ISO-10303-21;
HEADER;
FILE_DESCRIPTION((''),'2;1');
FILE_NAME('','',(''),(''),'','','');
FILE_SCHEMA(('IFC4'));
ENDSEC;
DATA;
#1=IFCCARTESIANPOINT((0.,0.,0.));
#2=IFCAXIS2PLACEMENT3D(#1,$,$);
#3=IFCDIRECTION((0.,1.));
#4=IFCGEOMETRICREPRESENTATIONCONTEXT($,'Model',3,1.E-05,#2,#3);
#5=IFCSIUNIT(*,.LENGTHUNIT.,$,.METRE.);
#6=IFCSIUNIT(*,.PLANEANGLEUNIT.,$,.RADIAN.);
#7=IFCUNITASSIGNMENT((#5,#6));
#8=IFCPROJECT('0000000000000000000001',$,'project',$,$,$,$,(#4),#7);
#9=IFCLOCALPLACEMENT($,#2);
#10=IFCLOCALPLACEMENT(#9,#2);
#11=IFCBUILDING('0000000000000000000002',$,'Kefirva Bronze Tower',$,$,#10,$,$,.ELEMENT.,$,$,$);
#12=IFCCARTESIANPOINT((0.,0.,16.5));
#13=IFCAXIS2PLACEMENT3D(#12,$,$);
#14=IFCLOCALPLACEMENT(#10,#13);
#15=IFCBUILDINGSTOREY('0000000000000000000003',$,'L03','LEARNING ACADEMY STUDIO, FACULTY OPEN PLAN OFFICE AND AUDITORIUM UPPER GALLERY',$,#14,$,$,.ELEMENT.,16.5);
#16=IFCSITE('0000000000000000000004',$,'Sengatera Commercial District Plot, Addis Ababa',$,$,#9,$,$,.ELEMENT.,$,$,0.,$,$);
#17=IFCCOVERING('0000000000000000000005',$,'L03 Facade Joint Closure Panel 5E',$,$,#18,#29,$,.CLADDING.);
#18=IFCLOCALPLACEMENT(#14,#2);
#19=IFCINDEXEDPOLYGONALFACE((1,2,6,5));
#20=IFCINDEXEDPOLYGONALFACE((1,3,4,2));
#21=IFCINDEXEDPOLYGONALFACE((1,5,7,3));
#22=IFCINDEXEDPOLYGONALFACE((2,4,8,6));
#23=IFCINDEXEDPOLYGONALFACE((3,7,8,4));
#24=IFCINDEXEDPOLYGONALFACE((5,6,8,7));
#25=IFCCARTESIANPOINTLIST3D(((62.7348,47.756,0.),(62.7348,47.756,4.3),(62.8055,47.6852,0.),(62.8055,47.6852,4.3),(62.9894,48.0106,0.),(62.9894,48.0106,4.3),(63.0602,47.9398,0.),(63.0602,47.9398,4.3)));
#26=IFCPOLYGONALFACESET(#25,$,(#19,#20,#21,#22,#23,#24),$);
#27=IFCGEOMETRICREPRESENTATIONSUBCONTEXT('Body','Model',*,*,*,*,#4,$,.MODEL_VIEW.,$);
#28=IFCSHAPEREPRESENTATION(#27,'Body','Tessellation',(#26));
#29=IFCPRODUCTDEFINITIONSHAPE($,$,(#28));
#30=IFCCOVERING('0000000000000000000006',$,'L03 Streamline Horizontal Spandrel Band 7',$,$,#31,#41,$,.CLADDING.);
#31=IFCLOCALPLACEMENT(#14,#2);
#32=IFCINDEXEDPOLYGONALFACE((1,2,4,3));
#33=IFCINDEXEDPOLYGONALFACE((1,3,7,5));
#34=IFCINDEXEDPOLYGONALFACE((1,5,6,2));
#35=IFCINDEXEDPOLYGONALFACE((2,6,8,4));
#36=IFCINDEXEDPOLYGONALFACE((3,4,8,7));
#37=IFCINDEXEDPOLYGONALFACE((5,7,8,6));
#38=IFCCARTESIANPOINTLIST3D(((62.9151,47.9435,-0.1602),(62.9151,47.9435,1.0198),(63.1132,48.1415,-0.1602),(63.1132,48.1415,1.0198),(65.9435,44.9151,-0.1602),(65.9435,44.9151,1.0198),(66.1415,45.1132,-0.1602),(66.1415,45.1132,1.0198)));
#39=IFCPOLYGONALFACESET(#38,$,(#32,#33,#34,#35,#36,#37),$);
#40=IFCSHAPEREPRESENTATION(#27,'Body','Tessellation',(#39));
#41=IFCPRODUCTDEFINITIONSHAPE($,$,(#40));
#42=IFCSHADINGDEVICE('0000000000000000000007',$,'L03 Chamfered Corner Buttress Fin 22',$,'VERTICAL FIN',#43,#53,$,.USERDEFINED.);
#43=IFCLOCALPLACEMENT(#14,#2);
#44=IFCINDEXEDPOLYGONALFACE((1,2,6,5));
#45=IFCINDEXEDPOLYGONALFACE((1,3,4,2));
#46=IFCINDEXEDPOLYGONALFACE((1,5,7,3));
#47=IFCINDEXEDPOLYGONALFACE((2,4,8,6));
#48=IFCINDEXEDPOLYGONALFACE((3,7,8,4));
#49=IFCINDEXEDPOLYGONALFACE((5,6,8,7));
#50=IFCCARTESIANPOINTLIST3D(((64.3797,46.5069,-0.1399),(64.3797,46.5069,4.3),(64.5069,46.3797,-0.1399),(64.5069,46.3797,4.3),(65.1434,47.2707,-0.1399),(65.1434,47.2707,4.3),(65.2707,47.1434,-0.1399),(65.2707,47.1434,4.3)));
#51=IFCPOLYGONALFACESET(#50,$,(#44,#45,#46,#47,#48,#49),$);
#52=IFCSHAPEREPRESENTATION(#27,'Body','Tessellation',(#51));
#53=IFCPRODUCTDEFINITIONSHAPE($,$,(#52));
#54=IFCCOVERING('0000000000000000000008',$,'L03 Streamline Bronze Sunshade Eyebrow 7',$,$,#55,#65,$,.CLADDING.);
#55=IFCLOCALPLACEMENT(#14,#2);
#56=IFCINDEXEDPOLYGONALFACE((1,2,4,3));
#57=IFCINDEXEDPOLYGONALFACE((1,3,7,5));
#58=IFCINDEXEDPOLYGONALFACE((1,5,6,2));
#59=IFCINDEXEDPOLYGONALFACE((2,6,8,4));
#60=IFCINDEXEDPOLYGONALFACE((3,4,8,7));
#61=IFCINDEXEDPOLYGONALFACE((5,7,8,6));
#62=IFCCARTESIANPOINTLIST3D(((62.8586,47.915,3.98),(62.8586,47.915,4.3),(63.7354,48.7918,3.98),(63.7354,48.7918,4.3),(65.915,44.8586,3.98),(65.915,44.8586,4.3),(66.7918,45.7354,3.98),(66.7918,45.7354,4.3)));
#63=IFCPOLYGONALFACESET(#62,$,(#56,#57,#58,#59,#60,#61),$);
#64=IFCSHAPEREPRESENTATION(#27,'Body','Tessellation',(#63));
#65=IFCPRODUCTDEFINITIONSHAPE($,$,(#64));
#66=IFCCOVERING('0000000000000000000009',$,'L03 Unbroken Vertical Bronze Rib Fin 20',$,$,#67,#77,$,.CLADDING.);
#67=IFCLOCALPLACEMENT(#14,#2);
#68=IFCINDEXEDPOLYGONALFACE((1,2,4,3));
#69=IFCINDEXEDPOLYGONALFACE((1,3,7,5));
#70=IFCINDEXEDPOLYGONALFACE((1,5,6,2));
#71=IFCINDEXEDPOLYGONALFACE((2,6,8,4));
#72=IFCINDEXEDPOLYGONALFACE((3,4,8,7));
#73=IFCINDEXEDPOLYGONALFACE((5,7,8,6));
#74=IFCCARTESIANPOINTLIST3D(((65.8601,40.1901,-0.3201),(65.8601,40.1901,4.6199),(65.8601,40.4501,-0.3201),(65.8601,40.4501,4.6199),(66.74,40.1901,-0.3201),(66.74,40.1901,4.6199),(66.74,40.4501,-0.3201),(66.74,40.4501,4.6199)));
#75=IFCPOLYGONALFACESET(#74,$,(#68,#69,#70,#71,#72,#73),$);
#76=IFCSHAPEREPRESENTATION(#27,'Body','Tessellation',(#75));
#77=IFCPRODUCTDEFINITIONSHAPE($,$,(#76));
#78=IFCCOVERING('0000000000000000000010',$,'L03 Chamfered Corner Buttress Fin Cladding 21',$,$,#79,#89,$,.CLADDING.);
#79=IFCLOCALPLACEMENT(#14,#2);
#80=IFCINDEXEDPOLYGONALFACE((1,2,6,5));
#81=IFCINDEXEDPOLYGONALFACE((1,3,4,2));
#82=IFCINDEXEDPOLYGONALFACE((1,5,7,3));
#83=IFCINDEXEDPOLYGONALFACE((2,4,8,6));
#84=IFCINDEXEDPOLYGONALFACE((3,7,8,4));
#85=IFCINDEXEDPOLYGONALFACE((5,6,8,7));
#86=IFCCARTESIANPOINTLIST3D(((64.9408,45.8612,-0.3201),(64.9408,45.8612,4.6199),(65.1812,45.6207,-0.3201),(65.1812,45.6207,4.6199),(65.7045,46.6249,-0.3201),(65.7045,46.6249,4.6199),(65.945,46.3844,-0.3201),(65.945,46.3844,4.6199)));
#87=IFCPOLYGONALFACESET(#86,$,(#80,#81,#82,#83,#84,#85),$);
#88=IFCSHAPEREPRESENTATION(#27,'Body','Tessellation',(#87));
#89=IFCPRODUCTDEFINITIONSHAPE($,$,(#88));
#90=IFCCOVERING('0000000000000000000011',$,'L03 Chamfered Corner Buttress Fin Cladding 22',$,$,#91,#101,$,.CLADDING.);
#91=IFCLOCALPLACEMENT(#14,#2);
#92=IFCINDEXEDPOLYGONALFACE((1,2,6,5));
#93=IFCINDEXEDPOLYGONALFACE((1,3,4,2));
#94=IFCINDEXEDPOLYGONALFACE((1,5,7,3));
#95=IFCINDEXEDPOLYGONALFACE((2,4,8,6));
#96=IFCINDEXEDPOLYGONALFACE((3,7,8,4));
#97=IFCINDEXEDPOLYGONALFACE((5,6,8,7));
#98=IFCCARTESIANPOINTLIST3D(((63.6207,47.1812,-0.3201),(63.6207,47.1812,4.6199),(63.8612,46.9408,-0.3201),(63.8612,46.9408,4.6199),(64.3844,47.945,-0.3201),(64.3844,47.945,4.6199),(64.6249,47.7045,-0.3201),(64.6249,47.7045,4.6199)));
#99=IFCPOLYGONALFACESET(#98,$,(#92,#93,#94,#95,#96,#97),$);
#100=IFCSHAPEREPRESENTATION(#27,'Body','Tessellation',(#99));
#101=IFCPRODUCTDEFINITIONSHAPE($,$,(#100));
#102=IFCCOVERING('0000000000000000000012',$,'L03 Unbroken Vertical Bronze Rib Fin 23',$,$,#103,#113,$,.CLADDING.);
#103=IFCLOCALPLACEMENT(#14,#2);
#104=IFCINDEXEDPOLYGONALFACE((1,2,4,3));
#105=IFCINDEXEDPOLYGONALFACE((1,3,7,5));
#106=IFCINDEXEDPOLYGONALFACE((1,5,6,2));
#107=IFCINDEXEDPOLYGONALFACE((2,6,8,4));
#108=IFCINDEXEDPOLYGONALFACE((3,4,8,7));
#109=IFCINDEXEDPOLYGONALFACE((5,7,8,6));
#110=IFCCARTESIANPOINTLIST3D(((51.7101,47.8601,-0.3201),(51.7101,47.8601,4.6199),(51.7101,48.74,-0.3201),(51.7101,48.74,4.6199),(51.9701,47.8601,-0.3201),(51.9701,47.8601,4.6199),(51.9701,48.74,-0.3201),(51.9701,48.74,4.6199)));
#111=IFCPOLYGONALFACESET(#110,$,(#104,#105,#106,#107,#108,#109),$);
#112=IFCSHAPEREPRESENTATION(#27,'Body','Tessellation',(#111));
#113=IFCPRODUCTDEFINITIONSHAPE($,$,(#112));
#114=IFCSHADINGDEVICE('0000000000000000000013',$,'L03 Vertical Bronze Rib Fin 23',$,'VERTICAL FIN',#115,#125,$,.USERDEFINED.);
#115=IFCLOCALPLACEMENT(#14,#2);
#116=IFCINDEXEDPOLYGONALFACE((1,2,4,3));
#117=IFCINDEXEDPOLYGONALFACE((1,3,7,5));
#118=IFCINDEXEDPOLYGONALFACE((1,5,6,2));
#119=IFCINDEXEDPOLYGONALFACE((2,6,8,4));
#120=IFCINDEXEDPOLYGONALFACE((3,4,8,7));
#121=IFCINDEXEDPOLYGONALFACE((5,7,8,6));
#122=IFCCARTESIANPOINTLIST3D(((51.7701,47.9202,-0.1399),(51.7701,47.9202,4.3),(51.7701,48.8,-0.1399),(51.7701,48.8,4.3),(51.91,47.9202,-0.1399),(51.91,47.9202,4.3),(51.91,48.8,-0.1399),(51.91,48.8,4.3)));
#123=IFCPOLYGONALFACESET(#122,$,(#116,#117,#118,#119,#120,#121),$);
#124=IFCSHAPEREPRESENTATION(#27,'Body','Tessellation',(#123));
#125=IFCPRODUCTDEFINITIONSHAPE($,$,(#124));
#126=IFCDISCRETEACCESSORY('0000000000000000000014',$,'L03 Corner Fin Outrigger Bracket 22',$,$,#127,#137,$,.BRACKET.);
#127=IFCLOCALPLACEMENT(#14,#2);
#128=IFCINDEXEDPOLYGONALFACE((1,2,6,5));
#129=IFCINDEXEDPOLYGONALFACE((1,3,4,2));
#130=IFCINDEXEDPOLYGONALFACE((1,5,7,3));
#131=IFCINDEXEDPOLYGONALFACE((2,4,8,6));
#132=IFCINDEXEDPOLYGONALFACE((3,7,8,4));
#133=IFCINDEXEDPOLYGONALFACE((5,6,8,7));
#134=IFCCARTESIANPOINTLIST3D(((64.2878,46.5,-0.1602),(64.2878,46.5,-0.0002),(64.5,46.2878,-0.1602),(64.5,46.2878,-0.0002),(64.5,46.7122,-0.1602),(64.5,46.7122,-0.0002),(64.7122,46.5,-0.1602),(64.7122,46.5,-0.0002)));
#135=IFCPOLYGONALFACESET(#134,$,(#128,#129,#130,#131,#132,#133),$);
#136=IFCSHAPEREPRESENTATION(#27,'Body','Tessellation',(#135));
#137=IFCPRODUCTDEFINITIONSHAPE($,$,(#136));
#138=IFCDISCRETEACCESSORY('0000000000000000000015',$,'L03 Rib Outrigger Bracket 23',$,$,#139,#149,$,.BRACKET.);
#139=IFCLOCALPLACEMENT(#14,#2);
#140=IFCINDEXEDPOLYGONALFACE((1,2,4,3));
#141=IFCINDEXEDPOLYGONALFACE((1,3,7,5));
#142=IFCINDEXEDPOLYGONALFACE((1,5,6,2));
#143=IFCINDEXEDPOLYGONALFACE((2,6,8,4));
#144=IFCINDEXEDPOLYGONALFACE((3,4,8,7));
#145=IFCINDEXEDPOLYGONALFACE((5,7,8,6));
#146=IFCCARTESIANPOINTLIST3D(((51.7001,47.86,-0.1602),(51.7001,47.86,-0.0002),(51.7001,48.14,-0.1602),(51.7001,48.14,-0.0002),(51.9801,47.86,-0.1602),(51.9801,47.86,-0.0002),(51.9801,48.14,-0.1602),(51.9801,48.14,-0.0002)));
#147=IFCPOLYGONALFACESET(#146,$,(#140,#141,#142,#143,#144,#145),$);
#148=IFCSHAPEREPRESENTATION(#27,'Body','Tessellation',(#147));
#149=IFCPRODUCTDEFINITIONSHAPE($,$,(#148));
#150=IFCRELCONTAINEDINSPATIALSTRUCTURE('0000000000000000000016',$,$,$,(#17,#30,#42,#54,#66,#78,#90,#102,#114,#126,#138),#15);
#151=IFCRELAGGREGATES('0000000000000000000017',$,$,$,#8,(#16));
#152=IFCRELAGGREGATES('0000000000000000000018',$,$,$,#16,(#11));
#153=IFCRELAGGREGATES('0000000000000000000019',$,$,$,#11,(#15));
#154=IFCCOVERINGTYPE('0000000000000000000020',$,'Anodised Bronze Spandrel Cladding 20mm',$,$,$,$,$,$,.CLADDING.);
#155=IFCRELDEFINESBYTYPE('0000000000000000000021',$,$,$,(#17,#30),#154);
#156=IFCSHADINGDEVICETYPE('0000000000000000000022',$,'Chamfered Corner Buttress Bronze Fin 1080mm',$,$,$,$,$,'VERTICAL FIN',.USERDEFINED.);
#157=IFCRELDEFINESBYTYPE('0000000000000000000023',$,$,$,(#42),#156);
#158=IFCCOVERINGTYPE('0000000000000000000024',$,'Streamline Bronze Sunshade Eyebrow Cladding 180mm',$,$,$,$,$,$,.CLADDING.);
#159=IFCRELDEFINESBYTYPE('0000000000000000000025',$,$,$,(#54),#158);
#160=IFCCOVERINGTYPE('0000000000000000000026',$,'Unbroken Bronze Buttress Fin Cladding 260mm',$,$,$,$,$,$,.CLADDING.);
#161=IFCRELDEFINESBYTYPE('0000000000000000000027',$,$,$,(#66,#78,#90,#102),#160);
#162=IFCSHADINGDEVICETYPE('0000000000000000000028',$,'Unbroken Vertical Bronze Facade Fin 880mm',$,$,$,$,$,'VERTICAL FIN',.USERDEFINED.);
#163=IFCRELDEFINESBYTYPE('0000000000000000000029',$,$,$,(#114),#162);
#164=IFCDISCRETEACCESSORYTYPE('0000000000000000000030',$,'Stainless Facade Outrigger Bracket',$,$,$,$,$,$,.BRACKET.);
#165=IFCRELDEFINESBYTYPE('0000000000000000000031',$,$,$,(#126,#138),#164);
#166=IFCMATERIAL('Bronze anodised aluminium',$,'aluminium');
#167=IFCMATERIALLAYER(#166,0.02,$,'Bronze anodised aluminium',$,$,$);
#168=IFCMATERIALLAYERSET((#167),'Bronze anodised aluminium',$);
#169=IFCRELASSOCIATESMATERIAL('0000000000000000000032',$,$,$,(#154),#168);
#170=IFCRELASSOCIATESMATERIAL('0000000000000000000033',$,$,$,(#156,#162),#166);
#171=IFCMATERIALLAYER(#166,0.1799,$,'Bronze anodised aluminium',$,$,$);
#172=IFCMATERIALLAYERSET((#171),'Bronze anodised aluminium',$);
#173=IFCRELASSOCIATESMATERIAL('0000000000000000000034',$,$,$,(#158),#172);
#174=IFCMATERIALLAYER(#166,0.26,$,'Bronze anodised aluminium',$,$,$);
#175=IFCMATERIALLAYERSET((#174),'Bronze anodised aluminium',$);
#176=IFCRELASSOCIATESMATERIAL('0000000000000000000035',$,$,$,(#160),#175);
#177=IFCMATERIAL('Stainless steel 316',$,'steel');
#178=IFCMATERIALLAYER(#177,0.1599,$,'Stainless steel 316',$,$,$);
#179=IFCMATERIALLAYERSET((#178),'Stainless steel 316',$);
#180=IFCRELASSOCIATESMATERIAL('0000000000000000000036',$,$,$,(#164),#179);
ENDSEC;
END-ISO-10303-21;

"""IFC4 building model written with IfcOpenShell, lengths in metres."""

from ifc_helpers import new_model, si_unit, direction, frame, origin, origin_2d, place, context, subcontext, project, spatial, rectangle, extrude, material, layer, layer_set, material_profile, profile_set, type_object, element, save


model = new_model("IFC4")

# Units and contexts
model_context = context("Model", 3, precision=1e-05, world=origin(), true_north=direction((0.0, 1.0)))
body_context = subcontext(model_context, "Body", "Model", "MODEL_VIEW")
ifc_project = project(units=[si_unit("LENGTHUNIT", "METRE"), si_unit("PLANEANGLEUNIT", "RADIAN")], contexts=[model_context])

# Site, building, storey
site_placement = place(None, origin())
site = spatial("IfcSite", under=ifc_project, at=site_placement, Name="Sengatera Commercial District Plot, Addis Ababa", CompositionType="ELEMENT", RefElevation=0.0)
building_placement = place(site_placement, origin())
building = spatial("IfcBuilding", under=site, at=building_placement, Name="Kefirva Bronze Tower", CompositionType="ELEMENT")
storey_placement = place(building_placement, frame((0.0, 0.0, 16.5)))
storey = spatial("IfcBuildingStorey", under=building, at=storey_placement, Name="L03", Description="LEARNING ACADEMY STUDIO, FACULTY OPEN PLAN OFFICE AND AUDITORIUM UPPER GALLERY", CompositionType="ELEMENT", Elevation=16.5)

# Shared definitions
ifc_material_1 = material(Name="Bronze anodised aluminium", Category="aluminium")

# Coverings
ifc_layer_1 = layer(ifc_material_1, 0.02, Name="Bronze anodised aluminium")
ifc_layer_set_1 = layer_set([ifc_layer_1], Name="Bronze anodised aluminium")
covering_type_1 = type_object("IfcCoveringType", Name="Anodised Bronze Spandrel Cladding 20mm", PredefinedType="CLADDING", material=ifc_layer_set_1)
for number, where, z_axis, x_axis, name in (
    (1, (62.8975, 47.8479, 0.0), (0.0, 0.0, 1.0), (-0.707107, 0.707107, 0.0), "L03 Facade Joint Closure Panel 5E"),
):
    element("IfcCovering", number, at=place(storey_placement, frame(where, z_axis=z_axis, x_axis=x_axis)), inside=storey, type_object=covering_type_1, Name=name, PredefinedType="CLADDING", context=body_context, shape_type="SweptSolid", body=[
        extrude(rectangle(XDim=0.1001, YDim=0.3601, at=origin_2d()), origin(), (0.0, 0.0, 1.0), 4.3),
    ])
covering_1_placement = place(storey_placement, frame((64.5283, 46.5283, -0.1602), z_axis=(0.0, 0.0, 1.0), x_axis=(-0.707107, 0.707107, 0.0)))
element("IfcCovering", 2, at=covering_1_placement, inside=storey, type_object=covering_type_1, Name="L03 Streamline Horizontal Spandrel Band 7", PredefinedType="CLADDING", context=body_context, shape_type="SweptSolid", body=[
    extrude(rectangle(XDim=4.2827, YDim=0.28, at=origin_2d()), origin(), (0.0, 0.0, 1.0), 1.1799),
])

# Shading device
ifc_material_profile_1 = material_profile(ifc_material_1, rectangle(XDim=0.1799, YDim=1.0801, at=origin_2d()), Name="BRONZE BUTTRESS FIN 180x1080")
ifc_profile_set_1 = profile_set([ifc_material_profile_1], Name="Bronze anodised aluminium")
shading_device_type_1 = type_object("IfcShadingDeviceType", Name="Chamfered Corner Buttress Bronze Fin 1080mm", ElementType="VERTICAL FIN", PredefinedType="USERDEFINED", material=ifc_profile_set_1)
shading_device_1_placement = place(storey_placement, frame((64.8252, 46.8252, -0.1399), z_axis=(0.0, 0.0, 1.0), x_axis=(-0.707107, 0.707107, 0.0)))
element("IfcShadingDevice", 3, at=shading_device_1_placement, inside=storey, type_object=shading_device_type_1, Name="L03 Chamfered Corner Buttress Fin 22", ObjectType="VERTICAL FIN", PredefinedType="USERDEFINED", context=body_context, shape_type="SweptSolid", body=[
    extrude(rectangle(XDim=0.1799, YDim=1.0801, at=origin_2d()), origin(), (0.0, 0.0, 1.0), 4.4399),
])

# Coverings
ifc_layer_2 = layer(ifc_material_1, 0.1799, Name="Bronze anodised aluminium")
ifc_layer_set_2 = layer_set([ifc_layer_2], Name="Bronze anodised aluminium")
covering_type_2 = type_object("IfcCoveringType", Name="Streamline Bronze Sunshade Eyebrow Cladding 180mm", PredefinedType="CLADDING", material=ifc_layer_set_2)
covering_2_placement = place(storey_placement, frame((64.8252, 46.8252, 3.98), z_axis=(0.0, 0.0, 1.0), x_axis=(-0.707107, 0.707107, 0.0)))
element("IfcCovering", 4, at=covering_2_placement, inside=storey, type_object=covering_type_2, Name="L03 Streamline Bronze Sunshade Eyebrow 7", PredefinedType="CLADDING", context=body_context, shape_type="SweptSolid", body=[
    extrude(rectangle(XDim=4.3225, YDim=1.24, at=origin_2d()), origin(), (0.0, 0.0, 1.0), 0.3201),
])
ifc_layer_3 = layer(ifc_material_1, 0.26, Name="Bronze anodised aluminium")
ifc_layer_set_3 = layer_set([ifc_layer_3], Name="Bronze anodised aluminium")
covering_type_3 = type_object("IfcCoveringType", Name="Unbroken Bronze Buttress Fin Cladding 260mm", PredefinedType="CLADDING", material=ifc_layer_set_3)
covering_3_placement = place(storey_placement, frame((66.3, 40.3201, -0.3201), z_axis=(0.0, 0.0, 1.0), x_axis=(0.0, 1.0, 0.0)))
element("IfcCovering", 5, at=covering_3_placement, inside=storey, type_object=covering_type_3, Name="L03 Unbroken Vertical Bronze Rib Fin 20", PredefinedType="CLADDING", context=body_context, shape_type="SweptSolid", body=[
    extrude(rectangle(XDim=0.26, YDim=0.8799, at=origin_2d()), origin(), (0.0, 0.0, 1.0), 4.9399),
])
for number, where, z_axis, x_axis, name in (
    (6, (65.4429, 46.1228, -0.3201), (0.0, 0.0, 1.0), (-0.707107, 0.707107, 0.0), "L03 Chamfered Corner Buttress Fin Cladding 21"),
    (7, (64.1228, 47.4429, -0.3201), (0.0, 0.0, 1.0), (-0.707107, 0.707107, 0.0), "L03 Chamfered Corner Buttress Fin Cladding 22"),
):
    element("IfcCovering", number, at=place(storey_placement, frame(where, z_axis=z_axis, x_axis=x_axis)), inside=storey, type_object=covering_type_3, Name=name, PredefinedType="CLADDING", context=body_context, shape_type="SweptSolid", body=[
        extrude(rectangle(XDim=0.3401, YDim=1.0801, at=origin_2d()), origin(), (0.0, 0.0, 1.0), 4.9399),
    ])
covering_4_placement = place(storey_placement, frame((51.8401, 48.3, -0.3201), z_axis=(0.0, 0.0, 1.0), x_axis=(-1.0, 0.0, 0.0)))
element("IfcCovering", 8, at=covering_4_placement, inside=storey, type_object=covering_type_3, Name="L03 Unbroken Vertical Bronze Rib Fin 23", PredefinedType="CLADDING", context=body_context, shape_type="SweptSolid", body=[
    extrude(rectangle(XDim=0.26, YDim=0.8799, at=origin_2d()), origin(), (0.0, 0.0, 1.0), 4.9399),
])

# Shading device
ifc_material_profile_2 = material_profile(ifc_material_1, rectangle(XDim=0.1399, YDim=0.8799, at=origin_2d()), Name="BRONZE FIN 140x880")
ifc_profile_set_2 = profile_set([ifc_material_profile_2], Name="Bronze anodised aluminium")
shading_device_type_2 = type_object("IfcShadingDeviceType", Name="Unbroken Vertical Bronze Facade Fin 880mm", ElementType="VERTICAL FIN", PredefinedType="USERDEFINED", material=ifc_profile_set_2)
shading_device_2_placement = place(storey_placement, frame((51.8401, 48.3601, -0.1399), z_axis=(0.0, 0.0, 1.0), x_axis=(-1.0, 0.0, 0.0)))
element("IfcShadingDevice", 9, at=shading_device_2_placement, inside=storey, type_object=shading_device_type_2, Name="L03 Vertical Bronze Rib Fin 23", ObjectType="VERTICAL FIN", PredefinedType="USERDEFINED", context=body_context, shape_type="SweptSolid", body=[
    extrude(rectangle(XDim=0.1399, YDim=0.8799, at=origin_2d()), origin(), (0.0, 0.0, 1.0), 4.4399),
])

# Discrete accessories
ifc_material_2 = material(Name="Stainless steel 316", Category="steel")
ifc_layer_4 = layer(ifc_material_2, 0.1599, Name="Stainless steel 316")
ifc_layer_set_4 = layer_set([ifc_layer_4], Name="Stainless steel 316")
discrete_accessory_type = type_object("IfcDiscreteAccessoryType", Name="Stainless Facade Outrigger Bracket", PredefinedType="BRACKET", material=ifc_layer_set_4)
discrete_accessory_1_placement = place(storey_placement, frame((64.5, 46.5, -0.1602), z_axis=(0.0, 0.0, 1.0), x_axis=(-0.707107, 0.707107, 0.0)))
element("IfcDiscreteAccessory", 10, at=discrete_accessory_1_placement, inside=storey, type_object=discrete_accessory_type, Name="L03 Corner Fin Outrigger Bracket 22", PredefinedType="BRACKET", context=body_context, shape_type="SweptSolid", body=[
    extrude(rectangle(XDim=0.3, YDim=0.3, at=origin_2d()), origin(), (0.0, 0.0, 1.0), 0.1599),
])
discrete_accessory_2_placement = place(storey_placement, frame((51.8401, 48.0, -0.1602), z_axis=(0.0, 0.0, 1.0), x_axis=(-1.0, 0.0, 0.0)))
element("IfcDiscreteAccessory", 11, at=discrete_accessory_2_placement, inside=storey, type_object=discrete_accessory_type, Name="L03 Rib Outrigger Bracket 23", PredefinedType="BRACKET", context=body_context, shape_type="SweptSolid", body=[
    extrude(rectangle(XDim=0.28, YDim=0.28, at=origin_2d()), origin(), (0.0, 0.0, 1.0), 0.1599),
])

save(model, "model.ifc")
